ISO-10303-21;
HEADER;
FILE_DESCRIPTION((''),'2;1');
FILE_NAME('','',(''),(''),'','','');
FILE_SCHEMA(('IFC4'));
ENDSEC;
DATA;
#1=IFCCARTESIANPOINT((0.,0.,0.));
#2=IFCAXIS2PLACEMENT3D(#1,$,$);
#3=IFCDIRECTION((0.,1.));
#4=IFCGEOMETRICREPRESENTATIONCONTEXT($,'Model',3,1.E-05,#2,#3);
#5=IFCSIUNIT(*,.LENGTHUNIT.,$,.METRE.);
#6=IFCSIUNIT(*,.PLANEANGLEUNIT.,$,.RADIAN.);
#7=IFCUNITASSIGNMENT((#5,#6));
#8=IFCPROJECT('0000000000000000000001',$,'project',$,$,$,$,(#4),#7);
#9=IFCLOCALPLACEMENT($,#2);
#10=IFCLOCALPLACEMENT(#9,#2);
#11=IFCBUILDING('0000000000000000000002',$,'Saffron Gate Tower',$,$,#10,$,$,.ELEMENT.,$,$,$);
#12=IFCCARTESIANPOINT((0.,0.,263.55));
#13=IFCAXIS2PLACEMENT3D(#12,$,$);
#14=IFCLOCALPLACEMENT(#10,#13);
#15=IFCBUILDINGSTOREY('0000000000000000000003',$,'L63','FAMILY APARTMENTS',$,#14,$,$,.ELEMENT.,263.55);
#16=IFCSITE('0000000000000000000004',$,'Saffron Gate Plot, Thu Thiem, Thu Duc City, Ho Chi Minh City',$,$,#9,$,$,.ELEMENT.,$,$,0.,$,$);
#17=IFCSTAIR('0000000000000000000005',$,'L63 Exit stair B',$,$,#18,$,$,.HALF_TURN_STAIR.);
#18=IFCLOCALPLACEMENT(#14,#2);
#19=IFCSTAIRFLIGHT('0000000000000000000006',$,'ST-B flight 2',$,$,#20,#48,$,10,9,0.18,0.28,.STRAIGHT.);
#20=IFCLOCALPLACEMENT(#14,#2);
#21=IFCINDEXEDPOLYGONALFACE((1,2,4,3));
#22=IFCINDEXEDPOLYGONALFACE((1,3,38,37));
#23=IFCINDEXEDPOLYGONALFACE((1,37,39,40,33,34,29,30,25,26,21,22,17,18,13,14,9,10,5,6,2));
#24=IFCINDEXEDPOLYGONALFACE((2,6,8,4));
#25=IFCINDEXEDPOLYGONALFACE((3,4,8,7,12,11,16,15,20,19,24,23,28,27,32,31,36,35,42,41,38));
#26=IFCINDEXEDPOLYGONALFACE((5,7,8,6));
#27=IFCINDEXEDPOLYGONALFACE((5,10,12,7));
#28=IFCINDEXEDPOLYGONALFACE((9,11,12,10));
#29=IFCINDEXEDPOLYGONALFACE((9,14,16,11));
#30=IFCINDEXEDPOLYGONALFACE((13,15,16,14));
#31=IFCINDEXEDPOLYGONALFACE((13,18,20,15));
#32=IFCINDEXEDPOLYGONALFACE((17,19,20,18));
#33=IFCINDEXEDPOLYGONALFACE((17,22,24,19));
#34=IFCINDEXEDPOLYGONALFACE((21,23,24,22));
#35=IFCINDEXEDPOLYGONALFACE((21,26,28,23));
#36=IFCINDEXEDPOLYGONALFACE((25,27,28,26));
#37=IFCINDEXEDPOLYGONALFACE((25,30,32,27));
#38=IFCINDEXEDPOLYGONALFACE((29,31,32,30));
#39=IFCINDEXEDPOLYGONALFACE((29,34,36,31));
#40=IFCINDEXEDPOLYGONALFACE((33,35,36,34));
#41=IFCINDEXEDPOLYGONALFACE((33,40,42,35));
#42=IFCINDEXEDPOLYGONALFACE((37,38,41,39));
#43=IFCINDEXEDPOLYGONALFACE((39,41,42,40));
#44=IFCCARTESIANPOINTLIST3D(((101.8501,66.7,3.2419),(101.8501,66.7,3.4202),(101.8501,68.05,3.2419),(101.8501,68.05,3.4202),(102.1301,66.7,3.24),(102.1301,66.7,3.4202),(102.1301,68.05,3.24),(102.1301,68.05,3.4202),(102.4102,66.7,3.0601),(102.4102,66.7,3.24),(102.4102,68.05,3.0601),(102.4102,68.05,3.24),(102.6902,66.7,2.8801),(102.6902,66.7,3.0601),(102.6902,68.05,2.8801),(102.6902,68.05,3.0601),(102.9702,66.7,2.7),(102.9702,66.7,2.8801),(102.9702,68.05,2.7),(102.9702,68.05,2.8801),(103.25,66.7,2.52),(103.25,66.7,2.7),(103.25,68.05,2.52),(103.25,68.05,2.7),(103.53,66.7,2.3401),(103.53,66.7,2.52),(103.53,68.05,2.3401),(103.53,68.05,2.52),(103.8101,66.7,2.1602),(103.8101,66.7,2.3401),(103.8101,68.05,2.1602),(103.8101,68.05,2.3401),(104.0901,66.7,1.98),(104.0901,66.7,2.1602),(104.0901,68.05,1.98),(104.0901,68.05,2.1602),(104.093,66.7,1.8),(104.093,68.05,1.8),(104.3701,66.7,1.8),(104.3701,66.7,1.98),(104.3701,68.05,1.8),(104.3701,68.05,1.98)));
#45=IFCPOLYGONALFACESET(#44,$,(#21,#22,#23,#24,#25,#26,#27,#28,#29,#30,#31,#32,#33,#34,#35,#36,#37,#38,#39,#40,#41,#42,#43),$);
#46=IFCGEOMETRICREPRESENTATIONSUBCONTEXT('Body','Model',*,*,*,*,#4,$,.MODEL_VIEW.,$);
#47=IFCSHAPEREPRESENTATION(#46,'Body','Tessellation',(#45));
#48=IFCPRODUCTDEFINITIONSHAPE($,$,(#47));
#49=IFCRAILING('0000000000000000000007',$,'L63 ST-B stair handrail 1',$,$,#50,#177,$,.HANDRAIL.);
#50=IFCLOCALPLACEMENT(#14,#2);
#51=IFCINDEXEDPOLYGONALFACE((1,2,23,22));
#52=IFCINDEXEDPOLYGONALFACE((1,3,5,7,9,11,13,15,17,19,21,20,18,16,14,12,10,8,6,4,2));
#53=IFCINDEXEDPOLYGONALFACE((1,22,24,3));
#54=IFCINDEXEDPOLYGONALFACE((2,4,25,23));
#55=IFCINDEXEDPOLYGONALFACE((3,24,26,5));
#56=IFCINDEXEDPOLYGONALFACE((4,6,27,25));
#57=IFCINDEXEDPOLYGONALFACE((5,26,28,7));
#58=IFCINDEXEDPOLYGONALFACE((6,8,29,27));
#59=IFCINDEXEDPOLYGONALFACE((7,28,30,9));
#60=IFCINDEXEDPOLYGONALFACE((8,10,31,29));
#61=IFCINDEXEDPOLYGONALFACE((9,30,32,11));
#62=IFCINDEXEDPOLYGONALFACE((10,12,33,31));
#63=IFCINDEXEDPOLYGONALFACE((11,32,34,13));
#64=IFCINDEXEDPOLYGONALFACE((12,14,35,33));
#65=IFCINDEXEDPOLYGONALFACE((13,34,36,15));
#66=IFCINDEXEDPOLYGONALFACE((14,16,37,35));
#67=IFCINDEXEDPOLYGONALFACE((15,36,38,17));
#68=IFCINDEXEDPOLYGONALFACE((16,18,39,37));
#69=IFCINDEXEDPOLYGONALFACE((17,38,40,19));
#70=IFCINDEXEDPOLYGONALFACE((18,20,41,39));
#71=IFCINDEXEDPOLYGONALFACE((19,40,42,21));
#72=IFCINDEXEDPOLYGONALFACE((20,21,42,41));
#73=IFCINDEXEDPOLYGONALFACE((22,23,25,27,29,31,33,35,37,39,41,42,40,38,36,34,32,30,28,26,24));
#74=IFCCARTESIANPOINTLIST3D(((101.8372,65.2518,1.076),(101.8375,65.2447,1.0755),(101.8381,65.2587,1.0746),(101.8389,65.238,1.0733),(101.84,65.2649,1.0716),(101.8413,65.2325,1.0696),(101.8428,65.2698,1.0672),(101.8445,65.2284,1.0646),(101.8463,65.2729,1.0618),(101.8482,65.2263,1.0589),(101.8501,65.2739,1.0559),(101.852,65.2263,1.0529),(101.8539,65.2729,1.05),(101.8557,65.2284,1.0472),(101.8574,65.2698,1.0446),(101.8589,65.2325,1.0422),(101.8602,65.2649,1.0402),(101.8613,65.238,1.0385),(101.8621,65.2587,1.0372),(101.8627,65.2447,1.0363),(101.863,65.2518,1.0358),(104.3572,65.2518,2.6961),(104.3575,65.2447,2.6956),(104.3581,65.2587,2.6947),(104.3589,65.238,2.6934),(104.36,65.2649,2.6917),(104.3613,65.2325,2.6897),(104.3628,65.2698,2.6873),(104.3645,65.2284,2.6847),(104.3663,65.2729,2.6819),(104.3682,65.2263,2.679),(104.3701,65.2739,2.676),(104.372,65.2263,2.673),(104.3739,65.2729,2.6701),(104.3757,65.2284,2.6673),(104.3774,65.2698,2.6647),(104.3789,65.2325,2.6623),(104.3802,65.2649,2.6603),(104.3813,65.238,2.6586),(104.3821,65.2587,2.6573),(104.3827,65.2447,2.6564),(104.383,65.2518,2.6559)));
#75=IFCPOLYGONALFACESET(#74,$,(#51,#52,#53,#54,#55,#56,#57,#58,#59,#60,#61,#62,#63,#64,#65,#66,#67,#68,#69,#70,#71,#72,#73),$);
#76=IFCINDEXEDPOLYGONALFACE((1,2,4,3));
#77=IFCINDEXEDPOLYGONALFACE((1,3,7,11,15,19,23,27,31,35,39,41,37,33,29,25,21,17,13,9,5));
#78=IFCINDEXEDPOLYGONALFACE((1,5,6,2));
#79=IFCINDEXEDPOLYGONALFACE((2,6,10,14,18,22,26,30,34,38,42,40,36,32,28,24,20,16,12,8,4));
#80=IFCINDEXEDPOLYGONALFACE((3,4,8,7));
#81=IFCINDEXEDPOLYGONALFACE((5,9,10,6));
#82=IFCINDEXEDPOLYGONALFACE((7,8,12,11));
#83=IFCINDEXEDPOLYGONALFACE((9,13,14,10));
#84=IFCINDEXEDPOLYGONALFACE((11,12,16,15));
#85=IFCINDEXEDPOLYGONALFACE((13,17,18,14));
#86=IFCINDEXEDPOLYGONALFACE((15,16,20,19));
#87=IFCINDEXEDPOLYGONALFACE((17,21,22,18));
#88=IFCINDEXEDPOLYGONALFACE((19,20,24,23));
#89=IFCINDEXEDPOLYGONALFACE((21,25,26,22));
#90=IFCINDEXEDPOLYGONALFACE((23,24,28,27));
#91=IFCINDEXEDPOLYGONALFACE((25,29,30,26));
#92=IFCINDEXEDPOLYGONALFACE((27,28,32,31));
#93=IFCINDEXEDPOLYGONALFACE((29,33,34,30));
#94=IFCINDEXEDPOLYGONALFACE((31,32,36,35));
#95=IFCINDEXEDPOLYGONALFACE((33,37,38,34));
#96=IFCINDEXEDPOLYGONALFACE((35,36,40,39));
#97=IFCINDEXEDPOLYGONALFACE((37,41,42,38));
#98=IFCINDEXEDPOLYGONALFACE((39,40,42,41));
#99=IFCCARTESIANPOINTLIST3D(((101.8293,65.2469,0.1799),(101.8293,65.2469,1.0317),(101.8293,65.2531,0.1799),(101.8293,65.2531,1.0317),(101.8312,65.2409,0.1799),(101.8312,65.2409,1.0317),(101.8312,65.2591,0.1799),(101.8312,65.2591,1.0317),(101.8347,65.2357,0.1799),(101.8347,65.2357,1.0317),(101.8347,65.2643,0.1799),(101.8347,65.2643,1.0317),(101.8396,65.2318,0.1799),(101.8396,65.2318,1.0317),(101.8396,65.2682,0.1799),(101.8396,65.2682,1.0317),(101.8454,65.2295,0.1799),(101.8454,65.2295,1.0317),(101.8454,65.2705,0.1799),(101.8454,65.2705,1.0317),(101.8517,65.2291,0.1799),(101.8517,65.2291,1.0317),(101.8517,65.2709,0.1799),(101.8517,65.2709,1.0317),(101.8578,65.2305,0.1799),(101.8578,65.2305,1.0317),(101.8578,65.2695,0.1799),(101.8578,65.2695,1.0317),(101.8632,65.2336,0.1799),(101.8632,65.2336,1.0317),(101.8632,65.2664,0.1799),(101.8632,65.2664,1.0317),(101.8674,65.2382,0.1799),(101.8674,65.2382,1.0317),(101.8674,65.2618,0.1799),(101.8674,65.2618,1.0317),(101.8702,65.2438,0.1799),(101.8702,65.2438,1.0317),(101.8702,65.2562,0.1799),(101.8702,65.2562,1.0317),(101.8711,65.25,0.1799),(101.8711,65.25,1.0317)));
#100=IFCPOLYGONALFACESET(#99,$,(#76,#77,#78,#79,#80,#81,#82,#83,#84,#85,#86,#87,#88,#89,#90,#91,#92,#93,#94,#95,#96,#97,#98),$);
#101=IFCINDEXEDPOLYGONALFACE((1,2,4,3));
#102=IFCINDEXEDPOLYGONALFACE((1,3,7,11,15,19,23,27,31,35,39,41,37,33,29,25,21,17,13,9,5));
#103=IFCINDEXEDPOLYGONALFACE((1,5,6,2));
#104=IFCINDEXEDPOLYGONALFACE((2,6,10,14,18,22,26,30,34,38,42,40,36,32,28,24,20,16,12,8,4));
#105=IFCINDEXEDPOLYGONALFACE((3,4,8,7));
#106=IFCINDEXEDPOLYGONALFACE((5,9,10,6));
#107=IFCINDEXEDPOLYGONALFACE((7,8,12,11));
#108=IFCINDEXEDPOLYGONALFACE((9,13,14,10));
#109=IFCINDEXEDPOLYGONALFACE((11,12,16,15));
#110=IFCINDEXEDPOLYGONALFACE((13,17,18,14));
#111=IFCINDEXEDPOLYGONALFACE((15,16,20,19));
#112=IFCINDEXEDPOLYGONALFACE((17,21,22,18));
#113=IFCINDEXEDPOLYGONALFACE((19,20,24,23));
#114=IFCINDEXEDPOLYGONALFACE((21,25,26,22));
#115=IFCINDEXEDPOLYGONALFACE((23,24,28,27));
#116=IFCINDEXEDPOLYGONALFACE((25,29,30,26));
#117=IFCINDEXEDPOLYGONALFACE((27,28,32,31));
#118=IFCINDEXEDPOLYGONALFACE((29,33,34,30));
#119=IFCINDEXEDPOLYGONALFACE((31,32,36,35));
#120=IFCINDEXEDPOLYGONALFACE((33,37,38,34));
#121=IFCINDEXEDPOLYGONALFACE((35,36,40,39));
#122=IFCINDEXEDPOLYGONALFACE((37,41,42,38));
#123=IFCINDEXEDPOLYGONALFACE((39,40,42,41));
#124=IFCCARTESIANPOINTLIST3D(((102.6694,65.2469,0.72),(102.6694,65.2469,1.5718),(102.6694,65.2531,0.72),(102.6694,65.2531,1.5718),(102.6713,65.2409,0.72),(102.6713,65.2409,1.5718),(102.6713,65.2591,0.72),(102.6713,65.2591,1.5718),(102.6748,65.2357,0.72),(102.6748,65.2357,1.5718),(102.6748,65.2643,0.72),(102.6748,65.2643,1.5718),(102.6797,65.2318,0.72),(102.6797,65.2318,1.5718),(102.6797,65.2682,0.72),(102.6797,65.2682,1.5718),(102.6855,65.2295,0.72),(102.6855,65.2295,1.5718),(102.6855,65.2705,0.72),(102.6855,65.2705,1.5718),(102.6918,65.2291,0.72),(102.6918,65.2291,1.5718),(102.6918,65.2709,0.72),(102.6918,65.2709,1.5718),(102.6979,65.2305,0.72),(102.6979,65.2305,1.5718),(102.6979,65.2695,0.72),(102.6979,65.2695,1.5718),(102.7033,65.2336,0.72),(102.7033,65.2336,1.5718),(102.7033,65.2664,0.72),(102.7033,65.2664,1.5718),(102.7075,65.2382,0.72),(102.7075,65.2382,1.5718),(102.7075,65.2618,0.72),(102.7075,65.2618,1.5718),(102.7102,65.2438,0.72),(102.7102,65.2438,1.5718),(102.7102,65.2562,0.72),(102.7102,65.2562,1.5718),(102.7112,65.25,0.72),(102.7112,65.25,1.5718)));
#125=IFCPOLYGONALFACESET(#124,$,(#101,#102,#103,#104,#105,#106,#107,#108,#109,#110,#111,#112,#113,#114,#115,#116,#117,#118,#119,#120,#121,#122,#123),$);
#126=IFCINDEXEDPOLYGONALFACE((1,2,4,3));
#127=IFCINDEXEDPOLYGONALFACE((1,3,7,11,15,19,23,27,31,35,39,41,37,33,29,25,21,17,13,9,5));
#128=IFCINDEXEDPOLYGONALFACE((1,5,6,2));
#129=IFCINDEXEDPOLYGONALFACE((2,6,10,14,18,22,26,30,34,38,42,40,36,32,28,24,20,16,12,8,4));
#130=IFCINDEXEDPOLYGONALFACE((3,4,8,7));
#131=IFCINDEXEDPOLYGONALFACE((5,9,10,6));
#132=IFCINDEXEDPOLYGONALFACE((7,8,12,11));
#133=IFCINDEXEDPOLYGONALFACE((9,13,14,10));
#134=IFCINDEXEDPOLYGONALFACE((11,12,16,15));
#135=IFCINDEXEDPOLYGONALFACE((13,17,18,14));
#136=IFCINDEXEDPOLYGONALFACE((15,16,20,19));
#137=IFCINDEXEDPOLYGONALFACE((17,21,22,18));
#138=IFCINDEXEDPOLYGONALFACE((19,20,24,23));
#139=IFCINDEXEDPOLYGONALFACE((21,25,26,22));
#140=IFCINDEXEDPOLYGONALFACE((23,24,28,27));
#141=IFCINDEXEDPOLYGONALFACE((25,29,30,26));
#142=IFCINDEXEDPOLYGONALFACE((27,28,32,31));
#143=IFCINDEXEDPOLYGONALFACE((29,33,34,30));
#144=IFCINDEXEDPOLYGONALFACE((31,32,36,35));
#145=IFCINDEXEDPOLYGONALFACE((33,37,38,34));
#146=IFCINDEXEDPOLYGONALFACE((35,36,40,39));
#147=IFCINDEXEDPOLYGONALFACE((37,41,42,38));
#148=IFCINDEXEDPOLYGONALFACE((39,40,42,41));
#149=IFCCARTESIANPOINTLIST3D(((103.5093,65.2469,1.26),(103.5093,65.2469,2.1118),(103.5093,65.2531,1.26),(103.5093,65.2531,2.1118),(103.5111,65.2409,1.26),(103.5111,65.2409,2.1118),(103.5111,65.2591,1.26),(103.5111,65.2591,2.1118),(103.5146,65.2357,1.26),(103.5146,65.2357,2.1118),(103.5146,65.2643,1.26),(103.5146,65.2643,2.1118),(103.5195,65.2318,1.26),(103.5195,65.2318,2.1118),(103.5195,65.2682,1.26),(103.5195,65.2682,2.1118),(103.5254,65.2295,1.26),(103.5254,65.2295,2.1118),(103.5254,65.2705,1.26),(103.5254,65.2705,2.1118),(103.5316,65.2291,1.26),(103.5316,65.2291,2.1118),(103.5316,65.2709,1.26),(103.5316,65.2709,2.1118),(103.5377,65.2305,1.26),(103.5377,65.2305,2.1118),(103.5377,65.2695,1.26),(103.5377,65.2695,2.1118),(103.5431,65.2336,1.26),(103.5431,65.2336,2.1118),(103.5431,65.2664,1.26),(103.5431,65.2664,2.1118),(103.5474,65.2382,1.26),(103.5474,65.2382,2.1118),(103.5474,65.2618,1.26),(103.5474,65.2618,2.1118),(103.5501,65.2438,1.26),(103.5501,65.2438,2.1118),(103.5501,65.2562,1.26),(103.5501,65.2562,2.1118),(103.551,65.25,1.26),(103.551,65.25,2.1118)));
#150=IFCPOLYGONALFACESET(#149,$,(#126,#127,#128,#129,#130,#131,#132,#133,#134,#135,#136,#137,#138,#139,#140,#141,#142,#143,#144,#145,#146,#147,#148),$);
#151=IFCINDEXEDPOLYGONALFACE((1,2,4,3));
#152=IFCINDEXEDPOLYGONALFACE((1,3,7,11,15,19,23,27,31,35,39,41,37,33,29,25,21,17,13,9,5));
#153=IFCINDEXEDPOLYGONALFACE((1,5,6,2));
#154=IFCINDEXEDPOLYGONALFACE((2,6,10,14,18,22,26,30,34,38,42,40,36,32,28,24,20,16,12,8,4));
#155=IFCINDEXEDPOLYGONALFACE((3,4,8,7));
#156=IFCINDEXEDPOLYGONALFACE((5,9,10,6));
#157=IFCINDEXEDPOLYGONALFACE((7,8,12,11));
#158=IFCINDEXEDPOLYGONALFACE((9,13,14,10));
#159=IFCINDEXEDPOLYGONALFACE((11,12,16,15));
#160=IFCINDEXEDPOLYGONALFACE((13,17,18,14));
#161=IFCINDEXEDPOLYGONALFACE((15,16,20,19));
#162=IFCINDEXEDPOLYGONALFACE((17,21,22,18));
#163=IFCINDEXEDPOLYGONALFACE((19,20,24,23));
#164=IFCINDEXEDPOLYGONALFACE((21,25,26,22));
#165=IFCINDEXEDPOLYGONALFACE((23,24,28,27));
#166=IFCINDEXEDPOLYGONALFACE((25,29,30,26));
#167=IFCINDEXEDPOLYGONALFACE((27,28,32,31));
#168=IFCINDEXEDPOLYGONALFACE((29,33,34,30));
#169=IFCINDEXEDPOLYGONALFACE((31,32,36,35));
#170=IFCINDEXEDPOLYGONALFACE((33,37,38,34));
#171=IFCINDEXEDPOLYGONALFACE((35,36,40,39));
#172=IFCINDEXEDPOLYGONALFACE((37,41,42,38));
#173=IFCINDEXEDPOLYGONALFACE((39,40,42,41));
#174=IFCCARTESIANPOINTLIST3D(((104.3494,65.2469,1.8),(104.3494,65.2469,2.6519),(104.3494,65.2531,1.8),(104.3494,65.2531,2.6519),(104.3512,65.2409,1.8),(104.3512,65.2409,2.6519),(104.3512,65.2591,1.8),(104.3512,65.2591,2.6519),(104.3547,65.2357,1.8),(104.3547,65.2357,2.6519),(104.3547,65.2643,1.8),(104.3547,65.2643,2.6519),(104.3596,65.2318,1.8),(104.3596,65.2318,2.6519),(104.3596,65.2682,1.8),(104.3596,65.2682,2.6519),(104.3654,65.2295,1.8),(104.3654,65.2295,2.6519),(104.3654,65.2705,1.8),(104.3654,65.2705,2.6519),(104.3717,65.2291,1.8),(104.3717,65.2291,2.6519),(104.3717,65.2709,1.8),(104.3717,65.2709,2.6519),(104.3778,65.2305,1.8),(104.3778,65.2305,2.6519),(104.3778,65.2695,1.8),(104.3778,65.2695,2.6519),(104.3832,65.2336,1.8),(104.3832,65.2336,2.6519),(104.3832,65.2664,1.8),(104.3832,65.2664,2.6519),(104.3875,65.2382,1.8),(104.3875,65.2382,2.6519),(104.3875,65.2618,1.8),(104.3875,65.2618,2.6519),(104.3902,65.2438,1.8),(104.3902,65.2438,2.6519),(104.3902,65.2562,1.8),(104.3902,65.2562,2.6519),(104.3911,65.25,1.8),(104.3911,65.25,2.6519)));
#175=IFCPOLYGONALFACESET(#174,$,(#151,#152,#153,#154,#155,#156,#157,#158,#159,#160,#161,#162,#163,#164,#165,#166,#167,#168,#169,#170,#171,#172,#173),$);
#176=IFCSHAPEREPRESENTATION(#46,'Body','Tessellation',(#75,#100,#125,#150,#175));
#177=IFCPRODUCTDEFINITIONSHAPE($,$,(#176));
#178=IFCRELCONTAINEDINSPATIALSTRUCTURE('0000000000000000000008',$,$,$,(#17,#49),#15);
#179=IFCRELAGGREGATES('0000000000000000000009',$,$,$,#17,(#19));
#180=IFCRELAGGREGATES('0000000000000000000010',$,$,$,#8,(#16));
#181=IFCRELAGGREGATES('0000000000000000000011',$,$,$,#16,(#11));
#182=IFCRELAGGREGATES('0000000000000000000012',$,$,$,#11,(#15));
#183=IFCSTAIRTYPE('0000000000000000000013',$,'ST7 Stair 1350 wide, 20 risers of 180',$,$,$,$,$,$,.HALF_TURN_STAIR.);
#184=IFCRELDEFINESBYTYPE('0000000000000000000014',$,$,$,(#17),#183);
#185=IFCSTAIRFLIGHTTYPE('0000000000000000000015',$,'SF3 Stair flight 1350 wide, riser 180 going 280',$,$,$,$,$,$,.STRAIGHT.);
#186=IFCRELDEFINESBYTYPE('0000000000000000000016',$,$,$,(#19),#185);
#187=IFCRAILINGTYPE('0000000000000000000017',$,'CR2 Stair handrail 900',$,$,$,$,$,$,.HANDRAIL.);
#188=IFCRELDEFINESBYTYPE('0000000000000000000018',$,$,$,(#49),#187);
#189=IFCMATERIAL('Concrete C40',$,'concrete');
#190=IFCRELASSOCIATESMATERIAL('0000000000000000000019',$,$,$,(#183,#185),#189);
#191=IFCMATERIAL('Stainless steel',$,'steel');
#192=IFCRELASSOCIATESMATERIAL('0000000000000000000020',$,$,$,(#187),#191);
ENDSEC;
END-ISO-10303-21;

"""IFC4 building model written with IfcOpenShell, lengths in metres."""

from ifc_helpers import new_model, si_unit, direction, frame, origin, origin_2d, place, context, subcontext, project, spatial, polyline, circle, outline, extrude, material, type_object, element, aggregate, save


model = new_model("IFC4")

# Units and contexts
model_context = context("Model", 3, precision=1e-05, world=origin(), true_north=direction((0.0, 1.0)))
body_context = subcontext(model_context, "Body", "Model", "MODEL_VIEW")
ifc_project = project(units=[si_unit("LENGTHUNIT", "METRE"), si_unit("PLANEANGLEUNIT", "RADIAN")], contexts=[model_context])

# Site, building, storey
site_placement = place(None, origin())
site = spatial("IfcSite", under=ifc_project, at=site_placement, Name="Saffron Gate Plot, Thu Thiem, Thu Duc City, Ho Chi Minh City", CompositionType="ELEMENT", RefElevation=0.0)
building_placement = place(site_placement, origin())
building = spatial("IfcBuilding", under=site, at=building_placement, Name="Saffron Gate Tower", CompositionType="ELEMENT")
storey_placement = place(building_placement, frame((0.0, 0.0, 263.55)))
storey = spatial("IfcBuildingStorey", under=building, at=storey_placement, Name="L63", Description="FAMILY APARTMENTS", CompositionType="ELEMENT", Elevation=263.55)

# Shared definitions
ifc_material_1 = material(Name="Concrete C40", Category="concrete")

# Stair, stair flight
stair_type = type_object("IfcStairType", Name="ST7 Stair 1350 wide, 20 risers of 180", PredefinedType="HALF_TURN_STAIR", material=ifc_material_1)
stair_placement = place(storey_placement, origin())
stair = element("IfcStair", 1, at=stair_placement, inside=storey, type_object=stair_type, Name="L63 Exit stair B", PredefinedType="HALF_TURN_STAIR")
stair_flight_type = type_object("IfcStairFlightType", Name="SF3 Stair flight 1350 wide, riser 180 going 280", PredefinedType="STRAIGHT", material=ifc_material_1)
stair_flight_1_placement = place(storey_placement, frame((104.3701, 67.375, 1.8), z_axis=(0.0, 0.0, 1.0), x_axis=(-1.0, 0.0, 0.0)))
stair_flight_1 = element("IfcStairFlight", 2, at=stair_flight_1_placement, type_object=stair_flight_type, Name="ST-B flight 2", NumberOfRisers=10, NumberOfTreads=9, PredefinedType="STRAIGHT", RiserHeight=0.18, TreadLength=0.28, context=body_context, shape_type="SweptSolid", body=[
    extrude(outline(polyline([(0.0, 0.0), (0.0, 0.1799), (0.28, 0.1799), (0.28, 0.3601), (0.5601, 0.3601), (0.5601, 0.54), (0.8401, 0.54), (0.8401, 0.72), (1.1201, 0.72), (1.1201, 0.8999), (1.3999, 0.8999), (1.3999, 1.0801), (1.6799, 1.0801), (1.6799, 1.26), (1.96, 1.26), (1.96, 1.4399), (2.24, 1.4399), (2.24, 1.6201), (2.52, 1.6201), (2.52, 1.8), (2.52, 1.4419), (0.2771, 0.0), (0.0, 0.0)])), frame((0.0, 0.675, 0.0), z_axis=(0.0, -1.0, 0.0), x_axis=(1.0, 0.0, 0.0)), (0.0, 0.0, 1.0), 1.3501),
])
aggregate(stair, [stair_flight_1])

# Railing
ifc_material_2 = material(Name="Stainless steel", Category="steel")
railing_type_1 = type_object("IfcRailingType", Name="CR2 Stair handrail 900", PredefinedType="HANDRAIL", material=ifc_material_2)
railing_1_placement = place(storey_placement, frame((101.8501, 65.25, 0.1799)))
element("IfcRailing", 3, at=railing_1_placement, inside=storey, type_object=railing_type_1, Name="L63 ST-B stair handrail 1", PredefinedType="HANDRAIL", context=body_context, shape_type="SweptSolid", body=[
    extrude(circle(Radius=0.0239, at=origin_2d()), frame((0.0, 0.0, 0.876), z_axis=(0.841163, 0.0, 0.540782), x_axis=(0.0, 1.0, 0.0)), (0.0, 0.0, 1.0), 2.9958),
    extrude(circle(Radius=0.021, at=origin_2d()), origin(), (0.0, 0.0, 1.0), 0.8518),
    extrude(circle(Radius=0.021, at=origin_2d()), frame((0.8401, 0.0, 0.54)), (0.0, 0.0, 1.0), 0.8518),
    extrude(circle(Radius=0.021, at=origin_2d()), frame((1.6799, 0.0, 1.0801)), (0.0, 0.0, 1.0), 0.8518),
    extrude(circle(Radius=0.021, at=origin_2d()), frame((2.52, 0.0, 1.6201)), (0.0, 0.0, 1.0), 0.8518),
])

save(model, "model.ifc")
